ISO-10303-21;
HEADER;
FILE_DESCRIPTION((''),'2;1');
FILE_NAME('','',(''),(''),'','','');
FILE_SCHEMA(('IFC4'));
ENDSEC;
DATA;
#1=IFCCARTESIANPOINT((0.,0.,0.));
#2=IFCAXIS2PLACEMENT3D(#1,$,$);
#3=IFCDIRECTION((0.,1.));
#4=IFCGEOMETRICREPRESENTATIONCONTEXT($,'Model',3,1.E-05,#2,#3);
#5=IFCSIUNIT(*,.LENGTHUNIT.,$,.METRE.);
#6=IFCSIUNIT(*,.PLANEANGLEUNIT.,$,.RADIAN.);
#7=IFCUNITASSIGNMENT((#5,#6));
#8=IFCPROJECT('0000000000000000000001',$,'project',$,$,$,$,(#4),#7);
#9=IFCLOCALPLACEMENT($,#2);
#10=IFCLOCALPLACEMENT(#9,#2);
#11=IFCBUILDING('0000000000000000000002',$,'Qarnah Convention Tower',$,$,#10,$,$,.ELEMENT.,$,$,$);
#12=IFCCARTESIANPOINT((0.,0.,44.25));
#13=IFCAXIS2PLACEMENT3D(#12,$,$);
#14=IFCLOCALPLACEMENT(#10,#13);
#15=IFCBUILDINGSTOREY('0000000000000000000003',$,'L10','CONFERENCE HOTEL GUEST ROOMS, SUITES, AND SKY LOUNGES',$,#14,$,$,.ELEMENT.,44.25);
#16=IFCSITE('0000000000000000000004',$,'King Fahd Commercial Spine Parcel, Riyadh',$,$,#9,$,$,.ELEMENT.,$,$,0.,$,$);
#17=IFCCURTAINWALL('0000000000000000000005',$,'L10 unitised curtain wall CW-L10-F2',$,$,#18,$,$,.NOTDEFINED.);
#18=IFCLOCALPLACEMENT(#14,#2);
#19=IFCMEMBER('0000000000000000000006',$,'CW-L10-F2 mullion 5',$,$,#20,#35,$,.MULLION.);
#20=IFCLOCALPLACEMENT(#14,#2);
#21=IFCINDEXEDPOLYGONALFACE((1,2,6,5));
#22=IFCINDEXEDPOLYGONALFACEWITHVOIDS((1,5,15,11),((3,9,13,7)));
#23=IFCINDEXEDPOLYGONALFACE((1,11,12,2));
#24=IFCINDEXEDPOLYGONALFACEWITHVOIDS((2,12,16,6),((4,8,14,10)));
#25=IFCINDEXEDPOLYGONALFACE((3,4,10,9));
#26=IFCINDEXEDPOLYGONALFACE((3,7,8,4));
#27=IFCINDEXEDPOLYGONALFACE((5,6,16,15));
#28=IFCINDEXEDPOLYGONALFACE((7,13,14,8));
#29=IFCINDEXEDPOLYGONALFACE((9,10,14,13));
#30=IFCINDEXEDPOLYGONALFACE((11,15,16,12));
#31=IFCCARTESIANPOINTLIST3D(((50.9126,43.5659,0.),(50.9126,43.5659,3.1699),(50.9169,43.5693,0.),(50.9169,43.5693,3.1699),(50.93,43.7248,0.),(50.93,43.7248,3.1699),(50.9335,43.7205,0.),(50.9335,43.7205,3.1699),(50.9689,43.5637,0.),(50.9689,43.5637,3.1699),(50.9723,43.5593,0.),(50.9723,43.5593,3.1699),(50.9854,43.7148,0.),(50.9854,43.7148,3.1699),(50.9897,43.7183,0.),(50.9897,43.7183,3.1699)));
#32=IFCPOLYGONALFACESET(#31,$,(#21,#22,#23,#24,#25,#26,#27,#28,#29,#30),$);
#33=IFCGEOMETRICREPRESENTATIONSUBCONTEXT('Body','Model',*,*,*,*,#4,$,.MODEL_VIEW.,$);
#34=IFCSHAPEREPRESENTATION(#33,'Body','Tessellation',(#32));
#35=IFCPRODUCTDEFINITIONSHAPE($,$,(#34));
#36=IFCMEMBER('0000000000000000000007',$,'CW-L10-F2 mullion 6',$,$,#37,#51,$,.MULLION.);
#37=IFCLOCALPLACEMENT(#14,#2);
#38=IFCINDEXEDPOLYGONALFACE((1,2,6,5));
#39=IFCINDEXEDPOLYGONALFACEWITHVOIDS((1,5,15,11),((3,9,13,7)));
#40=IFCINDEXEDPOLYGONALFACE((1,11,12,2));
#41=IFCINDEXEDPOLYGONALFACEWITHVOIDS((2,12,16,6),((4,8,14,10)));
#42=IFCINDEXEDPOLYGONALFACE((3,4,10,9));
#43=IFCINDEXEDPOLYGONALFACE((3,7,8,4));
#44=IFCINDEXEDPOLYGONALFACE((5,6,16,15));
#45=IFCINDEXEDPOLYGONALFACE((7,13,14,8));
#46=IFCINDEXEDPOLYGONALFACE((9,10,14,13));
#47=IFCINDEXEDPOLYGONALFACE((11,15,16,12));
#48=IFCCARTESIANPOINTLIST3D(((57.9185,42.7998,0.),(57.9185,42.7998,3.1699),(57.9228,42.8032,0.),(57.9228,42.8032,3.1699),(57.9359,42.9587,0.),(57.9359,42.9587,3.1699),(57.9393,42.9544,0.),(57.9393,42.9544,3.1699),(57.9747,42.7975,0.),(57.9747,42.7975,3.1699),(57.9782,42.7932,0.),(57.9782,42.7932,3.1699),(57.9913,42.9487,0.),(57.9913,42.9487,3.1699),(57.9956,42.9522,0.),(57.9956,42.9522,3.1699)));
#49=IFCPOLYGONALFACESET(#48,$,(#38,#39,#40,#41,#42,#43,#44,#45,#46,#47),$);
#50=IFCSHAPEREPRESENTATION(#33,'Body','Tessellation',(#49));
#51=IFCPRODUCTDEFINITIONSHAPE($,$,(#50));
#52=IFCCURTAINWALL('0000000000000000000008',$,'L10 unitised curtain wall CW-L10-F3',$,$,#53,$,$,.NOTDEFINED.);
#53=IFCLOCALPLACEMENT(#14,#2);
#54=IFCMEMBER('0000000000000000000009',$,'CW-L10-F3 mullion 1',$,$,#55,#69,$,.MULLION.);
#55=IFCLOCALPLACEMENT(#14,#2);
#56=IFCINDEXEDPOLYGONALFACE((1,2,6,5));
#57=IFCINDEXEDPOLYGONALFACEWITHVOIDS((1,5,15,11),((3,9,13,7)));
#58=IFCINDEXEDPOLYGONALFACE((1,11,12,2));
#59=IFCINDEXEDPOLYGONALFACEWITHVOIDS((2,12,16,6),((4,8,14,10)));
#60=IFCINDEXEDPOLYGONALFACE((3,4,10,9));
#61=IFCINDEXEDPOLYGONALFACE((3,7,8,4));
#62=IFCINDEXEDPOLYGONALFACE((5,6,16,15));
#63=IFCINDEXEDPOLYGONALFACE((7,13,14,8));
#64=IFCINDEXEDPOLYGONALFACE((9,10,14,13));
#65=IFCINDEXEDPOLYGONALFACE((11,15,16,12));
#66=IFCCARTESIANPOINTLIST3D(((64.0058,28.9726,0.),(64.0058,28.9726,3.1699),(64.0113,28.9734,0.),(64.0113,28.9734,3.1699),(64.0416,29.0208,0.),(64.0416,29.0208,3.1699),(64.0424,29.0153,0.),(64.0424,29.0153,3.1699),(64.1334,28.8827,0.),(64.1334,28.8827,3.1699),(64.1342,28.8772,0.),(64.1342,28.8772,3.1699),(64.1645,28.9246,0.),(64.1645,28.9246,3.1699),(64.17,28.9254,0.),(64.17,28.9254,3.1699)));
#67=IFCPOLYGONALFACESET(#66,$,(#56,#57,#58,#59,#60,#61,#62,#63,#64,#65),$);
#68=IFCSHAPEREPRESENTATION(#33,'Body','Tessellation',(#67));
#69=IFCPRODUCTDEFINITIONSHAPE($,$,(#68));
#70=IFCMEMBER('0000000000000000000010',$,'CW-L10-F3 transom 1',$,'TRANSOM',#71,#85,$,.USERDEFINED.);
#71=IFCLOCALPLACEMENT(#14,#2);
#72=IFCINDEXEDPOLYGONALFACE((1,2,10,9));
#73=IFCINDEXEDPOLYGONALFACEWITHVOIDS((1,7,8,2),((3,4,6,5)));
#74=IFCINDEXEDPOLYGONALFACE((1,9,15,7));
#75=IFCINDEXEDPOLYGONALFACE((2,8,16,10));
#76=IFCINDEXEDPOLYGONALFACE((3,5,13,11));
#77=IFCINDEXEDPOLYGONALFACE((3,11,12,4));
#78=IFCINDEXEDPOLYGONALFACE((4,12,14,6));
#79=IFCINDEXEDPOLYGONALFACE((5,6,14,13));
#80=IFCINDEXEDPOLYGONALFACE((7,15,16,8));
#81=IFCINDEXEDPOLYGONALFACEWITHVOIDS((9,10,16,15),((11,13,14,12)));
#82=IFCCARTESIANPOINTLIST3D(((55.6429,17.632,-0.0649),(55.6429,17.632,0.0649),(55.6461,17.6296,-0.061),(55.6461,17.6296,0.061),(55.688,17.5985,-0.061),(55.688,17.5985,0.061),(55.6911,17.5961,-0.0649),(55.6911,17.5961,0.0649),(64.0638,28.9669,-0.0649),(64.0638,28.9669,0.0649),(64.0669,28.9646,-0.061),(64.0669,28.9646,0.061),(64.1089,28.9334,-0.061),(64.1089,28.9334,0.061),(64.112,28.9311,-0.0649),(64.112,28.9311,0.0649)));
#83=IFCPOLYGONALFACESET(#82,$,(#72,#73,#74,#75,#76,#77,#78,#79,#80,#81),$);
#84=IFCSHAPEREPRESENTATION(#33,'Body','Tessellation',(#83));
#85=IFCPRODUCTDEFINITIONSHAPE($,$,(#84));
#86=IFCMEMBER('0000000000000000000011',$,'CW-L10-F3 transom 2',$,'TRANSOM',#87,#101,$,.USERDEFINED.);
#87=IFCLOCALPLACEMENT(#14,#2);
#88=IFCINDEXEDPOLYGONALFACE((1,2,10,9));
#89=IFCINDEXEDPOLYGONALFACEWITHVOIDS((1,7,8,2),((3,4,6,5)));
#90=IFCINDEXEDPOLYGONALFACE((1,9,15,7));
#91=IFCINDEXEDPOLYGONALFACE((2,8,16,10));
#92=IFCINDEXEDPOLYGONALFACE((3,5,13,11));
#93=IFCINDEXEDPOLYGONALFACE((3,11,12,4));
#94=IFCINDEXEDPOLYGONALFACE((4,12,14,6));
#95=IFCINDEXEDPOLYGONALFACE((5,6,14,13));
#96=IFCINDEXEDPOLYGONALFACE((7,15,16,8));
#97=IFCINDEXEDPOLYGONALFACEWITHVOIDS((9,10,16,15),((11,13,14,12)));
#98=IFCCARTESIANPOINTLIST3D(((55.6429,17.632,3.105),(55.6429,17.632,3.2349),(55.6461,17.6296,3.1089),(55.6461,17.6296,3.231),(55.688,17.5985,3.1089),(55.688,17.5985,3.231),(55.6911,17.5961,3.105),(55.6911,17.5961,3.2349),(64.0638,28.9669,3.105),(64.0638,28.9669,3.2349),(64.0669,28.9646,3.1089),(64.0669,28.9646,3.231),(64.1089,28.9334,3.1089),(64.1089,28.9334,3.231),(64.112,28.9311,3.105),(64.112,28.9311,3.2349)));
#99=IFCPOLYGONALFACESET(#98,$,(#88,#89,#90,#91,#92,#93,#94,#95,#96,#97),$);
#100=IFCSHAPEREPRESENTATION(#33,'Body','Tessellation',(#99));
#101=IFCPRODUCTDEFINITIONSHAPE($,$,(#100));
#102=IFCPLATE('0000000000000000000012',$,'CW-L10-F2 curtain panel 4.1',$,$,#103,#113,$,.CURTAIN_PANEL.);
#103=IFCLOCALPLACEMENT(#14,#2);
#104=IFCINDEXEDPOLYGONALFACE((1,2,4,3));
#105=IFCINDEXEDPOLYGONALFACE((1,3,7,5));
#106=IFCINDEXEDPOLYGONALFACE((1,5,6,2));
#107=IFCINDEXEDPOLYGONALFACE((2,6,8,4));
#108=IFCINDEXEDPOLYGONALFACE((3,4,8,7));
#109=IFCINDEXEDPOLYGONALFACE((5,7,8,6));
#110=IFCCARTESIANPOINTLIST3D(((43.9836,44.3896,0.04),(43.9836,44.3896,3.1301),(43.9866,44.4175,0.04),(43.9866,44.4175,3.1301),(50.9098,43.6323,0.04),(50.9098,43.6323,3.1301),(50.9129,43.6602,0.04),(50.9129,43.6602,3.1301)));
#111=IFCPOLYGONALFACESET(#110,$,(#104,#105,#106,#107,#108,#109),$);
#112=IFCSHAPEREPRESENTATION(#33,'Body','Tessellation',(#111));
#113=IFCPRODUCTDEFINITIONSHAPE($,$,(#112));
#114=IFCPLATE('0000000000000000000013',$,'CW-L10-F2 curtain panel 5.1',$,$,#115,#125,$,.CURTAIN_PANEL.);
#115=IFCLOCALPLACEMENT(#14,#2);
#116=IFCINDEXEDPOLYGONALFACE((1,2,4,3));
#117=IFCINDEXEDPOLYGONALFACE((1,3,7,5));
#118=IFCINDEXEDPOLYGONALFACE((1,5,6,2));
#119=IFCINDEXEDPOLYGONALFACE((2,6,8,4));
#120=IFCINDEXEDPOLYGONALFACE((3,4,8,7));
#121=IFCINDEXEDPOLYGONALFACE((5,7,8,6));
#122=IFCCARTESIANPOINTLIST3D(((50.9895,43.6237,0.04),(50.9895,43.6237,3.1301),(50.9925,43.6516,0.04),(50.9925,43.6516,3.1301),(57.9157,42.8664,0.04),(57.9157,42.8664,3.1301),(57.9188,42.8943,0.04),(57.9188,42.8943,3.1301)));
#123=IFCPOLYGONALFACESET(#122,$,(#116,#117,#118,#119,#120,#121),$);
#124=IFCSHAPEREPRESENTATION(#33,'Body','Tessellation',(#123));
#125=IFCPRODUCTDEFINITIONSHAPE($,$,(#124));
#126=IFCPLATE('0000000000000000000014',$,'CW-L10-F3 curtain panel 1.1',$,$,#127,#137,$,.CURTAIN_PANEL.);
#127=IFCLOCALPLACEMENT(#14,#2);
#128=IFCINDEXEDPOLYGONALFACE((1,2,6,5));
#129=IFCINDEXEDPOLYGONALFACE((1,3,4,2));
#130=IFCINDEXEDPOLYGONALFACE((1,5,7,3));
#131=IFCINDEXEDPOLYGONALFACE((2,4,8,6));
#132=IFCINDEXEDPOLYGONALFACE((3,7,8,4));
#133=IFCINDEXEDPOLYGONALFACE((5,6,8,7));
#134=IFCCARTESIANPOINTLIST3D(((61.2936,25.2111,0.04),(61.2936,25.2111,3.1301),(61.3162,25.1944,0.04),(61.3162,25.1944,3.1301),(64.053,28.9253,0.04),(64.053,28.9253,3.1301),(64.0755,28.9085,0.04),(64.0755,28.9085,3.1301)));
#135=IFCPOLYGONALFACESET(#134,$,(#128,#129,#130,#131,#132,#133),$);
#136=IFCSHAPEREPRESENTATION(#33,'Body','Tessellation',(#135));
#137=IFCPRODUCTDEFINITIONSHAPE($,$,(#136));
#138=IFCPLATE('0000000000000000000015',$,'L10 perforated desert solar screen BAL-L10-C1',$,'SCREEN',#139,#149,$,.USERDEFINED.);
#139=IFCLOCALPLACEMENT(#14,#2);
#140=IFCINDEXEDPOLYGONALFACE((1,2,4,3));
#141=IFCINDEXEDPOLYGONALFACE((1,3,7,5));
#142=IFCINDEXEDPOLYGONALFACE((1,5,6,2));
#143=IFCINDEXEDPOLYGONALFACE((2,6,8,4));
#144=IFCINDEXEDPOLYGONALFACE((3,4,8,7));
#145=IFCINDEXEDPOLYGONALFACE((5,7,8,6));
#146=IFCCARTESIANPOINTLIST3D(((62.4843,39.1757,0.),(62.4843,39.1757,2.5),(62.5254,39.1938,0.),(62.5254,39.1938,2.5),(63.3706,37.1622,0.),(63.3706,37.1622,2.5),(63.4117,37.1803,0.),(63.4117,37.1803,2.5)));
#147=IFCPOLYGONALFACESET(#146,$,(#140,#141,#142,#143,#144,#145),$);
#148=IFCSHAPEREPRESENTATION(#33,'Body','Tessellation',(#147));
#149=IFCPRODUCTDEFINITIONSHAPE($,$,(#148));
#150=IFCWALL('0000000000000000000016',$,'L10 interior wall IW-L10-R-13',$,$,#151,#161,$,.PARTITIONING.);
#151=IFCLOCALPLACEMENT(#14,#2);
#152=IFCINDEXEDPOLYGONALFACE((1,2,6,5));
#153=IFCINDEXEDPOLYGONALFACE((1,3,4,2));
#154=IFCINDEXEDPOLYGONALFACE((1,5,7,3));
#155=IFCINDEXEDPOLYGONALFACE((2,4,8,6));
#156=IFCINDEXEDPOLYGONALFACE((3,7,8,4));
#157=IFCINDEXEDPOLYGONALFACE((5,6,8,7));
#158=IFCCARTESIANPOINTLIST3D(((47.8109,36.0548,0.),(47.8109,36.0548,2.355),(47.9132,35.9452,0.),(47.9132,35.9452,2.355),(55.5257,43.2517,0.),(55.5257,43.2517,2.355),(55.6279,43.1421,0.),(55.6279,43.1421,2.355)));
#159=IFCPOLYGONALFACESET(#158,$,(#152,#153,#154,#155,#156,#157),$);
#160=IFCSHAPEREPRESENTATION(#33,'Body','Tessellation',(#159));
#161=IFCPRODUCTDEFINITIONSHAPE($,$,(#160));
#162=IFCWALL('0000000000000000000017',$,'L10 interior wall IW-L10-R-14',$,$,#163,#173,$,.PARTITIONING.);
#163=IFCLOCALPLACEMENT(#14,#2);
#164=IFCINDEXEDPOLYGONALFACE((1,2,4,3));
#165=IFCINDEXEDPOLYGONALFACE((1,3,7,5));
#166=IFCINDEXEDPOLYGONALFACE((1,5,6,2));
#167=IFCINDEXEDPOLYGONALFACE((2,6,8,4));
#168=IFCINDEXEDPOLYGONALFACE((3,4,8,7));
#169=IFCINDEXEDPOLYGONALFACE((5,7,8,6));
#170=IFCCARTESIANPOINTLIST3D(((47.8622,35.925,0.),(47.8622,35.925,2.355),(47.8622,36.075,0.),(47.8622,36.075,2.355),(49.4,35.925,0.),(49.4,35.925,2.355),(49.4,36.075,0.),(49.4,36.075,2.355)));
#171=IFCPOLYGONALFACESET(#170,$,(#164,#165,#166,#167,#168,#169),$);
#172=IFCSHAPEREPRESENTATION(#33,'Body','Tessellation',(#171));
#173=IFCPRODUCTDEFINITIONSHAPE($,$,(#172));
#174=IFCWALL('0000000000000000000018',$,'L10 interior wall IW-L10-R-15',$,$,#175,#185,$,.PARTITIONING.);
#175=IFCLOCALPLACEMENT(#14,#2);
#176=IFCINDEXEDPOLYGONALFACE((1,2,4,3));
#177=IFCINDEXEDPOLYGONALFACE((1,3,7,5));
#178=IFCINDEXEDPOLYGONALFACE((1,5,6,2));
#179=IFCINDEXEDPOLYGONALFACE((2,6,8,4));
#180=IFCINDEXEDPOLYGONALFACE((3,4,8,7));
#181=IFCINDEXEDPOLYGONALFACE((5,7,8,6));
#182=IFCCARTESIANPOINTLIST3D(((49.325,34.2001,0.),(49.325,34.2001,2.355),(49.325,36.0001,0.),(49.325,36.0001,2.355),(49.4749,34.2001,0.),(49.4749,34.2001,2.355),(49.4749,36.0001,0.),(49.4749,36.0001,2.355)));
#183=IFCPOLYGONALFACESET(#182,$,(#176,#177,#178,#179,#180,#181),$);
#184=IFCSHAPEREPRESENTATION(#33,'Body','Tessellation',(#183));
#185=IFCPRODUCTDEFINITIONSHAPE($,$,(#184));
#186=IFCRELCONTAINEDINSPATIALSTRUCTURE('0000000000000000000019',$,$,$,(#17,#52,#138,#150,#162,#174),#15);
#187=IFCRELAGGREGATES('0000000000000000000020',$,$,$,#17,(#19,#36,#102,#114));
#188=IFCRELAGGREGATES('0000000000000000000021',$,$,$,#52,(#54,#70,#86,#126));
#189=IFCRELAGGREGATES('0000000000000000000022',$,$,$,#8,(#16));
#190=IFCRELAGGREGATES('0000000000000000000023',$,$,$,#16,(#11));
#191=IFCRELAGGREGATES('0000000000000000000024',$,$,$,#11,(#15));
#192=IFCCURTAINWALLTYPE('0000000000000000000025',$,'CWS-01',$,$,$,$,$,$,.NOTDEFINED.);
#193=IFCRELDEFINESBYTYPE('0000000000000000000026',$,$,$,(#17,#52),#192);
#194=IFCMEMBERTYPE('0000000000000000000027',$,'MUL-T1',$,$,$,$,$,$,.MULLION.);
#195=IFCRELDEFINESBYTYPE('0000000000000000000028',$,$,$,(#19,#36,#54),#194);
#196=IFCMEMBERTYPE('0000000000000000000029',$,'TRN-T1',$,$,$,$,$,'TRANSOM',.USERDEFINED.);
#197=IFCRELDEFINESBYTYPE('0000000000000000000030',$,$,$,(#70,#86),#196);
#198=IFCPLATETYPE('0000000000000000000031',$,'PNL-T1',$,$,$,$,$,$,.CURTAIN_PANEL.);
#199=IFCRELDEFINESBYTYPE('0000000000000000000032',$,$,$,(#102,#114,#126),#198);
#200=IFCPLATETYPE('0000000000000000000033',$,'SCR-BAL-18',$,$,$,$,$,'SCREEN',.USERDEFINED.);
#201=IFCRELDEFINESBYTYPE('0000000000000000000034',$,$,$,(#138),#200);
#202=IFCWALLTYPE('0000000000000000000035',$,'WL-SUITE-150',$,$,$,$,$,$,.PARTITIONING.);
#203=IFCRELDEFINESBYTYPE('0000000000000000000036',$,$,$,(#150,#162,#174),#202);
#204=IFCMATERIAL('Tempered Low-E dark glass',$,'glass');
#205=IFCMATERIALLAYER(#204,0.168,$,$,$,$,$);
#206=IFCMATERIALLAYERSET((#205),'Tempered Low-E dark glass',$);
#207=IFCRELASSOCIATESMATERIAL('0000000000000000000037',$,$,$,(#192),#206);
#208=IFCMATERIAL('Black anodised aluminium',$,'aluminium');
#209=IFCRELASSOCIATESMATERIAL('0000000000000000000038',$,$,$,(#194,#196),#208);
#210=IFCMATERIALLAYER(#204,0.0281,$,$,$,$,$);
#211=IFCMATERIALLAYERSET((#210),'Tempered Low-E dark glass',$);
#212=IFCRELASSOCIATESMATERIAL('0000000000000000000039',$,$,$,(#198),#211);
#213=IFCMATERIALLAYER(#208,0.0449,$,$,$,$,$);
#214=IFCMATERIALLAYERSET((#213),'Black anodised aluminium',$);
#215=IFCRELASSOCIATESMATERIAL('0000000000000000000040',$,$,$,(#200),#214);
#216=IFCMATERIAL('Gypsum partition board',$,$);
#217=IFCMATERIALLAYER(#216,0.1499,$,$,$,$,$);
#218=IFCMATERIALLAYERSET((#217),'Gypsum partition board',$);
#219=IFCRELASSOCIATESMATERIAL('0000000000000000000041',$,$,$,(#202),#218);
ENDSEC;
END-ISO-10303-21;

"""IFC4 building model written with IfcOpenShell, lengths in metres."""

from ifc_helpers import new_model, si_unit, direction, frame, frame_2d, origin, origin_2d, place, context, subcontext, project, spatial, rectangle, hollow_rectangle, extrude, material, layer, layer_set, material_profile, profile_set, type_object, element, aggregate, save


model = new_model("IFC4")

# Units and contexts
model_context = context("Model", 3, precision=1e-05, world=origin(), true_north=direction((0.0, 1.0)))
body_context = subcontext(model_context, "Body", "Model", "MODEL_VIEW")
ifc_project = project(units=[si_unit("LENGTHUNIT", "METRE"), si_unit("PLANEANGLEUNIT", "RADIAN")], contexts=[model_context])

# Site, building, storey
site_placement = place(None, origin())
site = spatial("IfcSite", under=ifc_project, at=site_placement, Name="King Fahd Commercial Spine Parcel, Riyadh", CompositionType="ELEMENT", RefElevation=0.0)
building_placement = place(site_placement, origin())
building = spatial("IfcBuilding", under=site, at=building_placement, Name="Qarnah Convention Tower", CompositionType="ELEMENT")
storey_placement = place(building_placement, frame((0.0, 0.0, 44.25)))
storey = spatial("IfcBuildingStorey", under=building, at=storey_placement, Name="L10", Description="CONFERENCE HOTEL GUEST ROOMS, SUITES, AND SKY LOUNGES", CompositionType="ELEMENT", Elevation=44.25)

# Curtain walls, members
ifc_material_1 = material(Name="Tempered Low-E dark glass", Category="glass")
ifc_layer_1 = layer(ifc_material_1, 0.168)
ifc_layer_set_1 = layer_set([ifc_layer_1], Name="Tempered Low-E dark glass")
curtain_wall_type = type_object("IfcCurtainWallType", Name="CWS-01", PredefinedType="NOTDEFINED", material=ifc_layer_set_1)
curtain_wall_1_placement = place(storey_placement, origin())
curtain_wall_1 = element("IfcCurtainWall", 1, at=curtain_wall_1_placement, inside=storey, type_object=curtain_wall_type, Name="L10 unitised curtain wall CW-L10-F2", PredefinedType="NOTDEFINED")
ifc_material_2 = material(Name="Black anodised aluminium", Category="aluminium")
ifc_material_profile_1 = material_profile(ifc_material_2, hollow_rectangle(XDim=0.0601, YDim=0.1599, WallThickness=0.0039, at=origin_2d()), Name="MUL-60X160")
ifc_profile_set_1 = profile_set([ifc_material_profile_1], Name="Black anodised aluminium")
member_type_1 = type_object("IfcMemberType", Name="MUL-T1", PredefinedType="MULLION", material=ifc_profile_set_1)
member_1_placement = place(storey_placement, frame((50.9512, 43.6421, 0.0), z_axis=(0.0, 0.0, 1.0), x_axis=(0.994076, -0.10869, 0.0)))
member_1 = element("IfcMember", 2, at=member_1_placement, type_object=member_type_1, Name="CW-L10-F2 mullion 5", PredefinedType="MULLION", context=body_context, shape_type="SweptSolid", body=[
    extrude(hollow_rectangle(XDim=0.0601, YDim=0.1599, WallThickness=0.0039, at=origin_2d()), origin(), (0.0, 0.0, 1.0), 3.1699),
])
member_2_placement = place(storey_placement, frame((57.957, 42.876, 0.0), z_axis=(0.0, 0.0, 1.0), x_axis=(0.994076, -0.10869, 0.0)))
member_2 = element("IfcMember", 3, at=member_2_placement, type_object=member_type_1, Name="CW-L10-F2 mullion 6", PredefinedType="MULLION", context=body_context, shape_type="SweptSolid", body=[
    extrude(hollow_rectangle(XDim=0.0601, YDim=0.1599, WallThickness=0.0039, at=origin_2d()), origin(), (0.0, 0.0, 1.0), 3.1699),
])
curtain_wall_2_placement = place(storey_placement, origin())
curtain_wall_2 = element("IfcCurtainWall", 4, at=curtain_wall_2_placement, inside=storey, type_object=curtain_wall_type, Name="L10 unitised curtain wall CW-L10-F3", PredefinedType="NOTDEFINED")
member_3_placement = place(storey_placement, frame((64.0879, 28.949, 0.0), z_axis=(0.0, 0.0, 1.0), x_axis=(-0.596357, -0.80272, 0.0)))
member_3 = element("IfcMember", 5, at=member_3_placement, type_object=member_type_1, Name="CW-L10-F3 mullion 1", PredefinedType="MULLION", context=body_context, shape_type="SweptSolid", body=[
    extrude(hollow_rectangle(XDim=0.0601, YDim=0.1599, WallThickness=0.0039, at=origin_2d()), origin(), (0.0, 0.0, 1.0), 3.1699),
])
ifc_material_profile_2 = material_profile(ifc_material_2, hollow_rectangle(XDim=0.0601, YDim=0.1299, WallThickness=0.0039, at=origin_2d()), Name="TRN-60X130")
ifc_profile_set_2 = profile_set([ifc_material_profile_2], Name="Black anodised aluminium")
member_type_2 = type_object("IfcMemberType", Name="TRN-T1", ElementType="TRANSOM", PredefinedType="USERDEFINED", material=ifc_profile_set_2)
member_4_placement = place(storey_placement, frame((64.0879, 28.949, 0.0), z_axis=(-0.596353, -0.802722, 0.0), x_axis=(0.802722, -0.596353, 0.0)))
member_4 = element("IfcMember", 6, at=member_4_placement, type_object=member_type_2, Name="CW-L10-F3 transom 1", ObjectType="TRANSOM", PredefinedType="USERDEFINED", context=body_context, shape_type="SweptSolid", body=[
    extrude(hollow_rectangle(XDim=0.0601, YDim=0.1299, WallThickness=0.0039, at=origin_2d()), origin(), (0.0, 0.0, 1.0), 14.1206),
])
member_5_placement = place(storey_placement, frame((64.0879, 28.949, 3.1699), z_axis=(-0.596353, -0.802722, 0.0), x_axis=(0.802722, -0.596353, 0.0)))
member_5 = element("IfcMember", 7, at=member_5_placement, type_object=member_type_2, Name="CW-L10-F3 transom 2", ObjectType="TRANSOM", PredefinedType="USERDEFINED", context=body_context, shape_type="SweptSolid", body=[
    extrude(hollow_rectangle(XDim=0.0601, YDim=0.1299, WallThickness=0.0039, at=origin_2d()), origin(), (0.0, 0.0, 1.0), 14.1206),
])

# Plates
ifc_layer_2 = layer(ifc_material_1, 0.0281)
ifc_layer_set_2 = layer_set([ifc_layer_2], Name="Tempered Low-E dark glass")
plate_type_1 = type_object("IfcPlateType", Name="PNL-T1", PredefinedType="CURTAIN_PANEL", material=ifc_layer_set_2)
plate_1_placement = place(storey_placement, frame((47.4482, 44.0249, 0.04), z_axis=(0.0, 0.0, 1.0), x_axis=(0.994076, -0.10869, 0.0)))
plate_1 = element("IfcPlate", 8, at=plate_1_placement, type_object=plate_type_1, Name="CW-L10-F2 curtain panel 4.1", PredefinedType="CURTAIN_PANEL", context=body_context, shape_type="SweptSolid", body=[
    extrude(rectangle(XDim=6.9675, YDim=0.0281, at=origin_2d()), origin(), (0.0, 0.0, 1.0), 3.0901),
])
plate_2_placement = place(storey_placement, frame((54.4541, 43.259, 0.04), z_axis=(0.0, 0.0, 1.0), x_axis=(0.994076, -0.10869, 0.0)))
plate_2 = element("IfcPlate", 9, at=plate_2_placement, type_object=plate_type_1, Name="CW-L10-F2 curtain panel 5.1", PredefinedType="CURTAIN_PANEL", context=body_context, shape_type="SweptSolid", body=[
    extrude(rectangle(XDim=6.9675, YDim=0.0281, at=origin_2d()), origin(), (0.0, 0.0, 1.0), 3.0901),
])
aggregate(curtain_wall_1, [member_1, member_2, plate_1, plate_2])
plate_3_placement = place(storey_placement, frame((62.6846, 27.0598, 0.04), z_axis=(0.0, 0.0, 1.0), x_axis=(-0.596357, -0.80272, 0.0)))
plate_3 = element("IfcPlate", 10, at=plate_3_placement, type_object=plate_type_1, Name="CW-L10-F3 curtain panel 1.1", PredefinedType="CURTAIN_PANEL", context=body_context, shape_type="SweptSolid", body=[
    extrude(rectangle(XDim=4.627, YDim=0.0281, at=origin_2d()), origin(), (0.0, 0.0, 1.0), 3.0901),
])
aggregate(curtain_wall_2, [member_3, member_4, member_5, plate_3])
ifc_layer_3 = layer(ifc_material_2, 0.0449)
ifc_layer_set_3 = layer_set([ifc_layer_3], Name="Black anodised aluminium")
plate_type_2 = type_object("IfcPlateType", Name="SCR-BAL-18", ElementType="SCREEN", PredefinedType="USERDEFINED", material=ifc_layer_set_3)
plate_4_placement = place(storey_placement, frame((62.948, 38.178, 0.0), z_axis=(0.0, 0.0, 1.0), x_axis=(0.402847, -0.915267, 0.0)))
element("IfcPlate", 11, at=plate_4_placement, inside=storey, type_object=plate_type_2, Name="L10 perforated desert solar screen BAL-L10-C1", ObjectType="SCREEN", PredefinedType="USERDEFINED", context=body_context, shape_type="SweptSolid", body=[
    extrude(rectangle(XDim=2.2, YDim=0.0449, at=origin_2d()), origin(), (0.0, 0.0, 1.0), 2.5),
])

# Walls
ifc_material_3 = material(Name="Gypsum partition board")
ifc_layer_4 = layer(ifc_material_3, 0.1499)
ifc_layer_set_4 = layer_set([ifc_layer_4], Name="Gypsum partition board")
wall_type_1 = type_object("IfcWallType", Name="WL-SUITE-150", PredefinedType="PARTITIONING", material=ifc_layer_set_4)
wall_1_placement = place(storey_placement, frame((55.5769, 43.197, 0.0), z_axis=(0.0, 0.0, 1.0), x_axis=(-0.731221, -0.682141, 0.0)))
element("IfcWall", 12, at=wall_1_placement, inside=storey, type_object=wall_type_1, Name="L10 interior wall IW-L10-R-13", PredefinedType="PARTITIONING", context=body_context, shape_type="SweptSolid", body=[
    extrude(rectangle(XDim=10.5505, YDim=0.1499, at=frame_2d((5.2754, 0.0))), origin(), (0.0, 0.0, 1.0), 2.355),
])
wall_2_placement = place(storey_placement, frame((47.8621, 36.0, 0.0), z_axis=(0.0, 0.0, 1.0), x_axis=(1.0, 0.0, 0.0)))
element("IfcWall", 13, at=wall_2_placement, inside=storey, type_object=wall_type_1, Name="L10 interior wall IW-L10-R-14", PredefinedType="PARTITIONING", context=body_context, shape_type="SweptSolid", body=[
    extrude(rectangle(XDim=1.5378, YDim=0.1499, at=frame_2d((0.769, 0.0))), origin(), (0.0, 0.0, 1.0), 2.355),
])
wall_3_placement = place(storey_placement, frame((49.3999, 36.0, 0.0), z_axis=(0.0, 0.0, 1.0), x_axis=(0.0, -1.0, 0.0)))
element("IfcWall", 14, at=wall_3_placement, inside=storey, type_object=wall_type_1, Name="L10 interior wall IW-L10-R-15", PredefinedType="PARTITIONING", context=body_context, shape_type="SweptSolid", body=[
    extrude(rectangle(XDim=1.8, YDim=0.1499, at=frame_2d((0.8999, 0.0))), origin(), (0.0, 0.0, 1.0), 2.355),
])

save(model, "model.ifc")
